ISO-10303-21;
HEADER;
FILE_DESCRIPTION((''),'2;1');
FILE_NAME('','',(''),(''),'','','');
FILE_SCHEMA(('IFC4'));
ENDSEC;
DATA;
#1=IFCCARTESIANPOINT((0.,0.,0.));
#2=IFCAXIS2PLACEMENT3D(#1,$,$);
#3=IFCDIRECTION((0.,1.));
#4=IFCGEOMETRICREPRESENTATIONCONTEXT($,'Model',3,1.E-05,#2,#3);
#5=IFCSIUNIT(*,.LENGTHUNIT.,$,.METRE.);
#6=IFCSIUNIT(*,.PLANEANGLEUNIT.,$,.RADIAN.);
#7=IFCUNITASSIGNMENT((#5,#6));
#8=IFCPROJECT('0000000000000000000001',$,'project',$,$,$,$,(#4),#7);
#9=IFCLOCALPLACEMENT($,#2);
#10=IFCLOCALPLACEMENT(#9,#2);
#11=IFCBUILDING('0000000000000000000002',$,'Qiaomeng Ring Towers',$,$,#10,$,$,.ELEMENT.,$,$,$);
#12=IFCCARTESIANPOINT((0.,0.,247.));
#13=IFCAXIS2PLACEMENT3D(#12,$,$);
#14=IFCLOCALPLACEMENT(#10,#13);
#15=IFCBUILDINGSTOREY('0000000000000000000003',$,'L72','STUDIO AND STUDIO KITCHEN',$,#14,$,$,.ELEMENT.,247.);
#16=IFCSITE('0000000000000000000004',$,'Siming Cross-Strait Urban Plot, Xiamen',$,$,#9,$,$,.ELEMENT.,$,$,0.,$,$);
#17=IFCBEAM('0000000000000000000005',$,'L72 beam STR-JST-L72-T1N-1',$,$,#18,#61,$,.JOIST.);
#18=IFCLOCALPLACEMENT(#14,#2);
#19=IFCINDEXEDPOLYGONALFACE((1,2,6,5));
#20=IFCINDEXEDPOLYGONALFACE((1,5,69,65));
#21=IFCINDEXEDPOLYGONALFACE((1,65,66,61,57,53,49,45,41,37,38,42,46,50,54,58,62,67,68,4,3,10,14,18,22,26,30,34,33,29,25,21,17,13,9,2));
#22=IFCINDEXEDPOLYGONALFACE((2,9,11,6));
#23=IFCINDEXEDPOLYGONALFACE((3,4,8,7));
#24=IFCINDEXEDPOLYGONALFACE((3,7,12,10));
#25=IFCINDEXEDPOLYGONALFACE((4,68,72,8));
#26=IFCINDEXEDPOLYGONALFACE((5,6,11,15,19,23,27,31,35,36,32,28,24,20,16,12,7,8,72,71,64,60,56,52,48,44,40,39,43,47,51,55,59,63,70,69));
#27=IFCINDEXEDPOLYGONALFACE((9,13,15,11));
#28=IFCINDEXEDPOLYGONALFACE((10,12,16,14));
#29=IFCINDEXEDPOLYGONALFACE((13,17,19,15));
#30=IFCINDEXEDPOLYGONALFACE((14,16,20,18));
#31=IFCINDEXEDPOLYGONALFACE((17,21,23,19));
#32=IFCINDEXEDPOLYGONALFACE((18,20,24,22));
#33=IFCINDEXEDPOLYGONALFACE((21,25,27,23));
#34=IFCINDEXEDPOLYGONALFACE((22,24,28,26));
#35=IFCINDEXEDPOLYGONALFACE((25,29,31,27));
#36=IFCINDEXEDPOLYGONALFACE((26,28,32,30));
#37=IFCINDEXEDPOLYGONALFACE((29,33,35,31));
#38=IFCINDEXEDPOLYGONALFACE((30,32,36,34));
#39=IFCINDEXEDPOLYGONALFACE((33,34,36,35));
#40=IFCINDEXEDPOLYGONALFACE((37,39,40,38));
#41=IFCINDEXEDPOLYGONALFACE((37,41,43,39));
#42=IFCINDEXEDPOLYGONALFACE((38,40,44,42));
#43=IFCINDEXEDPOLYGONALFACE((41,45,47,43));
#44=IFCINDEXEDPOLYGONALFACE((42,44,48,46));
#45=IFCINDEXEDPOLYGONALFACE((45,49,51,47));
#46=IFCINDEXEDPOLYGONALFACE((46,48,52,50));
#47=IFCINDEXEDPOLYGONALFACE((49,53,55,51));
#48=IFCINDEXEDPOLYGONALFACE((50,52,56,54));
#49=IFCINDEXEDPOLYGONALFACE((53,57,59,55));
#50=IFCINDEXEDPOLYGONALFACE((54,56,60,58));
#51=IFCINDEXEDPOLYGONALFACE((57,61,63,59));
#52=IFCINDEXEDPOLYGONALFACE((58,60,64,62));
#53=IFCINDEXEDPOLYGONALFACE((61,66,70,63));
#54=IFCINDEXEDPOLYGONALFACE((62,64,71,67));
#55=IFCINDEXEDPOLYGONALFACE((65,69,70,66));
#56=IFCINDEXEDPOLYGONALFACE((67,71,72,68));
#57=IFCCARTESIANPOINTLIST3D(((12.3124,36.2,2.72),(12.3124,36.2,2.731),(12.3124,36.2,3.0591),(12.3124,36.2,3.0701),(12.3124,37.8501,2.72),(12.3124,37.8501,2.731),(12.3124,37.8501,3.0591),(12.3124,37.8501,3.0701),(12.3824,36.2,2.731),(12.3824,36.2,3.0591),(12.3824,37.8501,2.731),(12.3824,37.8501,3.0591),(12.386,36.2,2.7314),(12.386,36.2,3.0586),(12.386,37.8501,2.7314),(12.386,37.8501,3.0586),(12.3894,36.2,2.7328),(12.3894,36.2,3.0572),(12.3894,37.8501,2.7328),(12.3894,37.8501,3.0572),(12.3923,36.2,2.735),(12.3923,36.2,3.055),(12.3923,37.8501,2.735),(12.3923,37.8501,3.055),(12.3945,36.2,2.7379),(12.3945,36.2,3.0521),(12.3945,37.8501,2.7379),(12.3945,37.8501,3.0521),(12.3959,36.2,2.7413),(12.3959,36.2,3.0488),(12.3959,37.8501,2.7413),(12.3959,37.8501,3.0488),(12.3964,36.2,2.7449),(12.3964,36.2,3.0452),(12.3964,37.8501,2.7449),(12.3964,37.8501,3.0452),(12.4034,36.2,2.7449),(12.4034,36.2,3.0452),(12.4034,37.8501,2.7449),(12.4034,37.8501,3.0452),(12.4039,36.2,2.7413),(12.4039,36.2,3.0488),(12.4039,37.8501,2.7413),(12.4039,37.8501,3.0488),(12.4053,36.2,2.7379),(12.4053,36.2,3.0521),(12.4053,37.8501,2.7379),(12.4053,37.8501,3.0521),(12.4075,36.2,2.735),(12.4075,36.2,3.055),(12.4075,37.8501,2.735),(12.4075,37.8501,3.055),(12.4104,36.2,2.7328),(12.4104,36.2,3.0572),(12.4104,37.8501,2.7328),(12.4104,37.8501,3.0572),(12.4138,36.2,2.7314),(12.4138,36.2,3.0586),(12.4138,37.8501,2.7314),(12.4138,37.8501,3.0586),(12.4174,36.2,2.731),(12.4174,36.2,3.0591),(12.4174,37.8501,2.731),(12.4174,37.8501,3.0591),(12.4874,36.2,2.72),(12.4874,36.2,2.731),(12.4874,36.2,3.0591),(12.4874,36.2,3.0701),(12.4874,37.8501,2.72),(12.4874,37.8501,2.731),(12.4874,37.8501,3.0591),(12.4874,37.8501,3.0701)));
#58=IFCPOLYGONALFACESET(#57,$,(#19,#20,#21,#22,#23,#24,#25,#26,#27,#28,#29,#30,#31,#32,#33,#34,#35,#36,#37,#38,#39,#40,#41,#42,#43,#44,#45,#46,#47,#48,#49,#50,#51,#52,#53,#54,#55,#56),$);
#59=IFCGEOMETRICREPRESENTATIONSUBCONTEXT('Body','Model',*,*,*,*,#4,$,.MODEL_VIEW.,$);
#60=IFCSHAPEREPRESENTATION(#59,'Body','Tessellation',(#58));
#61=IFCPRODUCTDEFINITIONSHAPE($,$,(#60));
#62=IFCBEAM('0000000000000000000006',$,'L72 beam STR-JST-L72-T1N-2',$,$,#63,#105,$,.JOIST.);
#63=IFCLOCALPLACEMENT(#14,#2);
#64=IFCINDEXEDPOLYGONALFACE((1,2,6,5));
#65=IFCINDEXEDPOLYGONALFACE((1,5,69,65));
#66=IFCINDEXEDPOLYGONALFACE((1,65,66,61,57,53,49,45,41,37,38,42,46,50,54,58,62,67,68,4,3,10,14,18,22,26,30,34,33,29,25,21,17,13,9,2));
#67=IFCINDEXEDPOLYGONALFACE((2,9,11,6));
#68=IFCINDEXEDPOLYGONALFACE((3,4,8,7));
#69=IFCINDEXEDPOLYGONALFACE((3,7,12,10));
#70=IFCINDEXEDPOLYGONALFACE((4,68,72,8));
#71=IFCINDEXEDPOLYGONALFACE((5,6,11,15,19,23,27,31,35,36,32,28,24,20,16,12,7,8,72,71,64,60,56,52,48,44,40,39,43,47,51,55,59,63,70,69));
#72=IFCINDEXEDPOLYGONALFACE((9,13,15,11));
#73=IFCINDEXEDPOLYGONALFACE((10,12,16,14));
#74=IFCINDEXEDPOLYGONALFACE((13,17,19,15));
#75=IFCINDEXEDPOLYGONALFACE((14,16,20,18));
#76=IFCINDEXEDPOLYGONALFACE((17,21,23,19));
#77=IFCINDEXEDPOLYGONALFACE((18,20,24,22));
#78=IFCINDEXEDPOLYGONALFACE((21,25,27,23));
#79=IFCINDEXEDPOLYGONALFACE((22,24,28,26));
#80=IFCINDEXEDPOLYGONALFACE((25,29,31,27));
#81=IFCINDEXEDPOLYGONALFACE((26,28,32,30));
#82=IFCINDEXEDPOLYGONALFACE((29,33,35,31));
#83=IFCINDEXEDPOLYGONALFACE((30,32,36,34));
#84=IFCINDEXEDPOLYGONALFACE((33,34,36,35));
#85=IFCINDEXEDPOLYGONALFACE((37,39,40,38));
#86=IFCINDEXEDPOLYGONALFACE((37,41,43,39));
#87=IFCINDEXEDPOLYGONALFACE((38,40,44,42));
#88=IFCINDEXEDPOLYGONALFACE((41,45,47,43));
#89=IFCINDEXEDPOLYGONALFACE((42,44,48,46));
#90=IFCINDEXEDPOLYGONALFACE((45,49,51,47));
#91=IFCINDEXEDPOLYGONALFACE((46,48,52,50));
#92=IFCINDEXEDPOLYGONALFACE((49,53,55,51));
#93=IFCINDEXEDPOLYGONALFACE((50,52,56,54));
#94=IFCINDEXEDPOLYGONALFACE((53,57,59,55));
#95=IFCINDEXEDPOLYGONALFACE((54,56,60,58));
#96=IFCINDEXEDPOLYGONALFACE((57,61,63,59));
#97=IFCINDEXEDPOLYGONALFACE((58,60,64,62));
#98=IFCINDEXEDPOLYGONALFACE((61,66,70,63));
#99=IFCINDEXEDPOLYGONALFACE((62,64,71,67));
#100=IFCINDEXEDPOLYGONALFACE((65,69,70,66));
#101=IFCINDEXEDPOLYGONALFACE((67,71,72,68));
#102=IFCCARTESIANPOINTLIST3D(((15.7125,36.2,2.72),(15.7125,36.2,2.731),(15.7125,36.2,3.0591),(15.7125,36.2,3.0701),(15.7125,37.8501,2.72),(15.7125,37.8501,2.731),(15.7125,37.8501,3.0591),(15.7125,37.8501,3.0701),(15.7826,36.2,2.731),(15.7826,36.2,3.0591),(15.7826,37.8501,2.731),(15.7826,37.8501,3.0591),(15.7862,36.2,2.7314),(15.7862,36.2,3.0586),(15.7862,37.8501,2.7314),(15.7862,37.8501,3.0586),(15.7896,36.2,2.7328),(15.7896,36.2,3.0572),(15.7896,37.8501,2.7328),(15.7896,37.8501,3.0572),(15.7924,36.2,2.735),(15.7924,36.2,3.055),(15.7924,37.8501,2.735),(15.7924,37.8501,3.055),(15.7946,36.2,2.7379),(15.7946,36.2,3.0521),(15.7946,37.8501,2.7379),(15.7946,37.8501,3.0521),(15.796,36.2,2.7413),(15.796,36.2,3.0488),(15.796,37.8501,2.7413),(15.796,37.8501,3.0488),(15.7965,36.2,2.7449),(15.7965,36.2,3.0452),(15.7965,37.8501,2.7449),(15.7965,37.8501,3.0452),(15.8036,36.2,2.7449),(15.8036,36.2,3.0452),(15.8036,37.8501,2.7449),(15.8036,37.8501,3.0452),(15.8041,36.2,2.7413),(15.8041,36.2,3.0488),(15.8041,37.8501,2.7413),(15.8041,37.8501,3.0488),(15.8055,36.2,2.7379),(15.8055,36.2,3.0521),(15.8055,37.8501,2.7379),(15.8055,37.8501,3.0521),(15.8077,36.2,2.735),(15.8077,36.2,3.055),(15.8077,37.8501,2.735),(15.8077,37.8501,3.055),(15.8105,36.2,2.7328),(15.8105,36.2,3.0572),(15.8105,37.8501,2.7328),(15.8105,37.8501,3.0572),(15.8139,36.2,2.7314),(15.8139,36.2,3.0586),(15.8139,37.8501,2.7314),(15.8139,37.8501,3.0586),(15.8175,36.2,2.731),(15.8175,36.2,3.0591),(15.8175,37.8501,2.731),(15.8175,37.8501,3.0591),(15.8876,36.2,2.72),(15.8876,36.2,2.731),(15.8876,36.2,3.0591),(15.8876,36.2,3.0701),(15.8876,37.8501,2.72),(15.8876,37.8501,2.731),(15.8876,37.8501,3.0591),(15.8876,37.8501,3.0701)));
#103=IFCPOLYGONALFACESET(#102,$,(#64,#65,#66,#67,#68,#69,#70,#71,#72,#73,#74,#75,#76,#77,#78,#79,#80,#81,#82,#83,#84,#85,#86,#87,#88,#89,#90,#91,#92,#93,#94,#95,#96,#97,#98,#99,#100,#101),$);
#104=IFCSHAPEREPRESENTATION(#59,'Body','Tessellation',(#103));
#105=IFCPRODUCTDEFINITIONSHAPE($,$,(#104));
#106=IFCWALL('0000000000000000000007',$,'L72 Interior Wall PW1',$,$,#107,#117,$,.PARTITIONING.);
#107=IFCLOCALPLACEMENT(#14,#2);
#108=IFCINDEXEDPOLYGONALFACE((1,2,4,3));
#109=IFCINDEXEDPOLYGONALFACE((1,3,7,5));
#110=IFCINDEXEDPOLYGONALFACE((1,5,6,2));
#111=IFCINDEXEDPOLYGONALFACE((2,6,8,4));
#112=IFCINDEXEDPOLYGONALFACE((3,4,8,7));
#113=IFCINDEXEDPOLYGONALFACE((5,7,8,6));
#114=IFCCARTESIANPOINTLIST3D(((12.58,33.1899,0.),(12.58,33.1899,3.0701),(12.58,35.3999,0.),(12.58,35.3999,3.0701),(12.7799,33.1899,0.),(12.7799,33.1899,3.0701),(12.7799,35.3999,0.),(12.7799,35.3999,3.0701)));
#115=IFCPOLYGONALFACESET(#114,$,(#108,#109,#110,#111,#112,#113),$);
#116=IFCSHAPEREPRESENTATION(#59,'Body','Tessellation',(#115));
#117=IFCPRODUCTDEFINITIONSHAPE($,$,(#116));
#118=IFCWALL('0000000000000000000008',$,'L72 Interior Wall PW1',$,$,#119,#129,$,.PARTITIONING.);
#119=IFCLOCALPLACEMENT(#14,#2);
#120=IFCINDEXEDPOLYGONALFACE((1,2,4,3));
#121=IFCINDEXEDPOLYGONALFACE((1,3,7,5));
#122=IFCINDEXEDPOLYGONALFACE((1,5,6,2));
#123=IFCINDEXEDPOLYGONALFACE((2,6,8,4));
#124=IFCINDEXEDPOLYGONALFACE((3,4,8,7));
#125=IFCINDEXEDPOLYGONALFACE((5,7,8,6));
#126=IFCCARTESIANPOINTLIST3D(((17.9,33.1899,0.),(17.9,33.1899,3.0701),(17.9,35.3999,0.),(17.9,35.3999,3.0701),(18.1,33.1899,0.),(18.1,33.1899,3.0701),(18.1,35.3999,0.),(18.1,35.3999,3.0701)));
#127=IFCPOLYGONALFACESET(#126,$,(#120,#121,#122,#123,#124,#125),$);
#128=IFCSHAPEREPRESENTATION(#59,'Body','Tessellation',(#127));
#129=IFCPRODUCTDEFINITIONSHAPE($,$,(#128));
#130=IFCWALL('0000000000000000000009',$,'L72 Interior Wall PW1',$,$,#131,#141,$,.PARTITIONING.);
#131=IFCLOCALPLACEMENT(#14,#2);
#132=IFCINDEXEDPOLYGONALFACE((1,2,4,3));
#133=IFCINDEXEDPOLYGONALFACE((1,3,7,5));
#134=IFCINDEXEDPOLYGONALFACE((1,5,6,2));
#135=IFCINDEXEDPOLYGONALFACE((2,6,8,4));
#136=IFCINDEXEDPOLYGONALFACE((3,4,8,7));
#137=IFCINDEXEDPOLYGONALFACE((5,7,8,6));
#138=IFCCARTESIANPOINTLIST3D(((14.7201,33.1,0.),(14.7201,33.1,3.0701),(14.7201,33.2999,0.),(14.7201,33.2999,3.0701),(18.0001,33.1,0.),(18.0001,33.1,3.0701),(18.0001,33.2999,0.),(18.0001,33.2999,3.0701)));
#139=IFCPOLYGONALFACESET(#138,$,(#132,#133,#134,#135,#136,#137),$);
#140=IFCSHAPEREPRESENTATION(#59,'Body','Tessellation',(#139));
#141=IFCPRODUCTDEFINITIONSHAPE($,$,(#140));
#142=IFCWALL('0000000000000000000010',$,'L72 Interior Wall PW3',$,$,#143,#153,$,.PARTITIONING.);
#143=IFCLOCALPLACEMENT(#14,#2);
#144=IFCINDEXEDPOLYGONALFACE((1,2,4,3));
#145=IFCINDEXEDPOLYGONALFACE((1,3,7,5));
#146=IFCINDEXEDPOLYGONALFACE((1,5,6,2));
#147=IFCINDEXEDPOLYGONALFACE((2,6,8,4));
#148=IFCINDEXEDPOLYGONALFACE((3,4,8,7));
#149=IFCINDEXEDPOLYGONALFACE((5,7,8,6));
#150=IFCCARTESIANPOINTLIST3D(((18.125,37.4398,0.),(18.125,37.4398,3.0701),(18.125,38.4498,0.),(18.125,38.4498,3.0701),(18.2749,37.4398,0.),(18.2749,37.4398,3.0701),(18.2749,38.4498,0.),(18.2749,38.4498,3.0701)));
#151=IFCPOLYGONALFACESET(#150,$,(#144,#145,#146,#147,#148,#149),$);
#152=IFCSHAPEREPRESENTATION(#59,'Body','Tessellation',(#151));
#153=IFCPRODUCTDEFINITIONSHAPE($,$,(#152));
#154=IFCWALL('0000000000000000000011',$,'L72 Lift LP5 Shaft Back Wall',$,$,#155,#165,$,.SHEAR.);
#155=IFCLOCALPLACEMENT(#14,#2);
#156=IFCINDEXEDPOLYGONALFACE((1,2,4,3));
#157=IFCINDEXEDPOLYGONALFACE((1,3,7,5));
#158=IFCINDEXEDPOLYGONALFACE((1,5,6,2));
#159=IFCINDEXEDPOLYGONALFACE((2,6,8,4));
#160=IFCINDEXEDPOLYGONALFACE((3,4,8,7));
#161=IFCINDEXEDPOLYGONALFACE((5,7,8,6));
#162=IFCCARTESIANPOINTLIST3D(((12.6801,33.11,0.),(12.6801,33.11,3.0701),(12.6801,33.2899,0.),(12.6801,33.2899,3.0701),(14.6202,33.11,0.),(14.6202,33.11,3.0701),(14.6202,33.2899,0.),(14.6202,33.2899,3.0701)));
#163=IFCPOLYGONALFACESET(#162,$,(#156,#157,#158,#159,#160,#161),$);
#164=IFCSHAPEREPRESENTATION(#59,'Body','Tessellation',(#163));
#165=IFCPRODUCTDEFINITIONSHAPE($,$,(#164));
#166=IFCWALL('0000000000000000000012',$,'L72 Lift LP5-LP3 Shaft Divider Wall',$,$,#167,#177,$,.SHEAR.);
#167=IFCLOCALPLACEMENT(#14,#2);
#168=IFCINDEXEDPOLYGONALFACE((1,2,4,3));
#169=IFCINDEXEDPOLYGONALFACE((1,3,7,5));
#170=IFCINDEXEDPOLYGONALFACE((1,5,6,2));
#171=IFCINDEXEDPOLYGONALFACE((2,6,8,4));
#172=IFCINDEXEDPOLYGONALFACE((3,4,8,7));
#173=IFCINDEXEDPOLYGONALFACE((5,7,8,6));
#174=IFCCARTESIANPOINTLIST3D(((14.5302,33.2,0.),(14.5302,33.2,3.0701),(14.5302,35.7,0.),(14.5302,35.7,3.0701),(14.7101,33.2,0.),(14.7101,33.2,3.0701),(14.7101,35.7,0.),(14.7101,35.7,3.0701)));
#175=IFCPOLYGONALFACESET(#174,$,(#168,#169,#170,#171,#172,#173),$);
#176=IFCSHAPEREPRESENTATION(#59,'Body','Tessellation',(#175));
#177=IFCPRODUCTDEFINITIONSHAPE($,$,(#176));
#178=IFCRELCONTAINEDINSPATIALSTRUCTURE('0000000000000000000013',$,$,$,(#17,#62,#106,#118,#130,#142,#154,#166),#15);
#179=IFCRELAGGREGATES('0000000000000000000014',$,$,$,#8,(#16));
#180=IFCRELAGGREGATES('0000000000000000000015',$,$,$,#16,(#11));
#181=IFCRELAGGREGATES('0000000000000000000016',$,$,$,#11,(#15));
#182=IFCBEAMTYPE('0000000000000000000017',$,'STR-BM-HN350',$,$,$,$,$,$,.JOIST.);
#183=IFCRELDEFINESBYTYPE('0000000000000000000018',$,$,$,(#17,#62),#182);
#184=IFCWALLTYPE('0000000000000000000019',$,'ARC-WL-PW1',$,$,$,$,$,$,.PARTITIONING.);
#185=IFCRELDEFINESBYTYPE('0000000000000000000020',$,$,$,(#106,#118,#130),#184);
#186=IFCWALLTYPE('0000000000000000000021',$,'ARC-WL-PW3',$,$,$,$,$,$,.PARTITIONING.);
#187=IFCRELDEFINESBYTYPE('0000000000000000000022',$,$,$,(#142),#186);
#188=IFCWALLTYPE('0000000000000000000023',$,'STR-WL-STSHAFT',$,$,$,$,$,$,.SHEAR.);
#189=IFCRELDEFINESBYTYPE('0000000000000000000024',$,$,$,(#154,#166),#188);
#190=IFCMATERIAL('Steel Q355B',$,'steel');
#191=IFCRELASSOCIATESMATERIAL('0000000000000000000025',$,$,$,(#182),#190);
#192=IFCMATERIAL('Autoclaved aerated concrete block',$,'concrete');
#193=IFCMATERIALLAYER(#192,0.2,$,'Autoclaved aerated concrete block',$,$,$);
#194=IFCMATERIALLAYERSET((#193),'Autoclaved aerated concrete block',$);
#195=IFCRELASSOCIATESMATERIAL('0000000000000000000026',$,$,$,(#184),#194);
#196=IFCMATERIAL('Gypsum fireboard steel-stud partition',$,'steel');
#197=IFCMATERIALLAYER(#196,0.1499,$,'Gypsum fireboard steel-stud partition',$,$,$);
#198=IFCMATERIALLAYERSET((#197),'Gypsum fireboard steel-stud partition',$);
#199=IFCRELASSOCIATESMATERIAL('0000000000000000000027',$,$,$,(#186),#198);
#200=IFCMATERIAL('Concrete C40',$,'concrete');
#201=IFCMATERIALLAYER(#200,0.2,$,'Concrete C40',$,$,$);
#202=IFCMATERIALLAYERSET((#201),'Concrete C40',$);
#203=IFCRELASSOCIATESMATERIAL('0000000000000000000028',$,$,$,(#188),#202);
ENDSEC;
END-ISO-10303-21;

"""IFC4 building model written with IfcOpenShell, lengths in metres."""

from ifc_helpers import new_model, si_unit, direction, frame, frame_2d, origin, origin_2d, place, context, subcontext, project, spatial, rectangle, i_section, extrude, source, transform, mapped, material, layer, layer_set, material_profile, profile_set, type_object, element, save


model = new_model("IFC4")

# Units and contexts
model_context = context("Model", 3, precision=1e-05, world=origin(), true_north=direction((0.0, 1.0)))
body_context = subcontext(model_context, "Body", "Model", "MODEL_VIEW")
ifc_project = project(units=[si_unit("LENGTHUNIT", "METRE"), si_unit("PLANEANGLEUNIT", "RADIAN")], contexts=[model_context])

# Site, building, storey
site_placement = place(None, origin())
site = spatial("IfcSite", under=ifc_project, at=site_placement, Name="Siming Cross-Strait Urban Plot, Xiamen", CompositionType="ELEMENT", RefElevation=0.0)
building_placement = place(site_placement, origin())
building = spatial("IfcBuilding", under=site, at=building_placement, Name="Qiaomeng Ring Towers", CompositionType="ELEMENT")
storey_placement = place(building_placement, frame((0.0, 0.0, 247.0)))
storey = spatial("IfcBuildingStorey", under=building, at=storey_placement, Name="L72", Description="STUDIO AND STUDIO KITCHEN", CompositionType="ELEMENT", Elevation=247.0)

# Beams
ifc_material_1 = material(Name="Steel Q355B", Category="steel")
ifc_material_profile = material_profile(ifc_material_1, i_section(OverallWidth=0.175, OverallDepth=0.3501, WebThickness=0.0071, FlangeThickness=0.011, FilletRadius=0.0139, at=origin_2d()), Name="HN 350x175x7x11")
ifc_profile_set = profile_set([ifc_material_profile], Name="Steel Q355B")
beam_type = type_object("IfcBeamType", Name="STR-BM-HN350", PredefinedType="JOIST", material=ifc_profile_set)
shared_shape_1 = source(origin(), body_context, "Body", "SweptSolid", [
    extrude(i_section(OverallWidth=0.175, OverallDepth=0.3501, WebThickness=0.0071, FlangeThickness=0.011, FilletRadius=0.0139, at=origin_2d()), origin(), (0.0, 0.0, 1.0), 1.6501),
])
for number, where, z_axis, x_axis, name in (
    (1, (12.3999, 36.2, 2.895), (0.0, 1.0, 0.0), (-1.0, 0.0, 0.0), "L72 beam STR-JST-L72-T1N-1"),
    (2, (15.8, 36.2, 2.895), (0.0, 1.0, 0.0), (-1.0, 0.0, 0.0), "L72 beam STR-JST-L72-T1N-2"),
):
    element("IfcBeam", number, at=place(storey_placement, frame(where, z_axis=z_axis, x_axis=x_axis)), inside=storey, type_object=beam_type, Name=name, PredefinedType="JOIST", context=body_context, shape_type="MappedRepresentation", body=[
        mapped(shared_shape_1, transform((0.0, 0.0, 0.0), x_axis=(1.0, 0.0, 0.0), y_axis=(0.0, 1.0, 0.0), z_axis=(0.0, 0.0, 1.0), scale=1.0)),
    ])

# Walls
ifc_material_2 = material(Name="Autoclaved aerated concrete block", Category="concrete")
ifc_layer_1 = layer(ifc_material_2, 0.2, Name="Autoclaved aerated concrete block")
ifc_layer_set_1 = layer_set([ifc_layer_1], Name="Autoclaved aerated concrete block")
wall_type_1 = type_object("IfcWallType", Name="ARC-WL-PW1", PredefinedType="PARTITIONING", material=ifc_layer_set_1)
for number, where, z_axis, x_axis, name in (
    (3, (12.6799, 33.1899, 0.0), (0.0, 0.0, 1.0), (0.0, 1.0, 0.0), "L72 Interior Wall PW1"),
    (4, (18.0, 33.1899, 0.0), (0.0, 0.0, 1.0), (0.0, 1.0, 0.0), "L72 Interior Wall PW1"),
):
    element("IfcWall", number, at=place(storey_placement, frame(where, z_axis=z_axis, x_axis=x_axis)), inside=storey, type_object=wall_type_1, Name=name, PredefinedType="PARTITIONING", context=body_context, shape_type="SweptSolid", body=[
        extrude(rectangle(XDim=2.21, YDim=0.2, at=frame_2d((1.105, 0.0))), origin(), (0.0, 0.0, 1.0), 3.0701),
    ])
wall_1_placement = place(storey_placement, frame((14.72, 33.2, 0.0), z_axis=(0.0, 0.0, 1.0), x_axis=(1.0, 0.0, 0.0)))
element("IfcWall", 5, at=wall_1_placement, inside=storey, type_object=wall_type_1, Name="L72 Interior Wall PW1", PredefinedType="PARTITIONING", context=body_context, shape_type="SweptSolid", body=[
    extrude(rectangle(XDim=3.28, YDim=0.2, at=frame_2d((1.6401, 0.0))), origin(), (0.0, 0.0, 1.0), 3.0701),
])
ifc_material_3 = material(Name="Gypsum fireboard steel-stud partition", Category="steel")
ifc_layer_2 = layer(ifc_material_3, 0.1499, Name="Gypsum fireboard steel-stud partition")
ifc_layer_set_2 = layer_set([ifc_layer_2], Name="Gypsum fireboard steel-stud partition")
wall_type_2 = type_object("IfcWallType", Name="ARC-WL-PW3", PredefinedType="PARTITIONING", material=ifc_layer_set_2)
wall_2_placement = place(storey_placement, frame((18.2, 37.4399, 0.0), z_axis=(0.0, 0.0, 1.0), x_axis=(0.0, 1.0, 0.0)))
element("IfcWall", 6, at=wall_2_placement, inside=storey, type_object=wall_type_2, Name="L72 Interior Wall PW3", PredefinedType="PARTITIONING", context=body_context, shape_type="SweptSolid", body=[
    extrude(rectangle(XDim=1.01, YDim=0.1499, at=frame_2d((0.5049, 0.0))), origin(), (0.0, 0.0, 1.0), 3.0701),
])
ifc_material_4 = material(Name="Concrete C40", Category="concrete")
ifc_layer_3 = layer(ifc_material_4, 0.2, Name="Concrete C40")
ifc_layer_set_3 = layer_set([ifc_layer_3], Name="Concrete C40")
wall_type_3 = type_object("IfcWallType", Name="STR-WL-STSHAFT", PredefinedType="SHEAR", material=ifc_layer_set_3)
wall_3_placement = place(storey_placement, frame((12.6799, 33.2, 0.0), z_axis=(0.0, 0.0, 1.0), x_axis=(1.0, 0.0, 0.0)))
element("IfcWall", 7, at=wall_3_placement, inside=storey, type_object=wall_type_3, Name="L72 Lift LP5 Shaft Back Wall", PredefinedType="SHEAR", context=body_context, shape_type="SweptSolid", body=[
    extrude(rectangle(XDim=1.9402, YDim=0.1799, at=frame_2d((0.9702, 0.0))), origin(), (0.0, 0.0, 1.0), 3.0701),
])
wall_4_placement = place(storey_placement, frame((14.6201, 33.2, 0.0), z_axis=(0.0, 0.0, 1.0), x_axis=(0.0, 1.0, 0.0)))
element("IfcWall", 8, at=wall_4_placement, inside=storey, type_object=wall_type_3, Name="L72 Lift LP5-LP3 Shaft Divider Wall", PredefinedType="SHEAR", context=body_context, shape_type="SweptSolid", body=[
    extrude(rectangle(XDim=2.5, YDim=0.1799, at=frame_2d((1.25, 0.0))), origin(), (0.0, 0.0, 1.0), 3.0701),
])

save(model, "model.ifc")
